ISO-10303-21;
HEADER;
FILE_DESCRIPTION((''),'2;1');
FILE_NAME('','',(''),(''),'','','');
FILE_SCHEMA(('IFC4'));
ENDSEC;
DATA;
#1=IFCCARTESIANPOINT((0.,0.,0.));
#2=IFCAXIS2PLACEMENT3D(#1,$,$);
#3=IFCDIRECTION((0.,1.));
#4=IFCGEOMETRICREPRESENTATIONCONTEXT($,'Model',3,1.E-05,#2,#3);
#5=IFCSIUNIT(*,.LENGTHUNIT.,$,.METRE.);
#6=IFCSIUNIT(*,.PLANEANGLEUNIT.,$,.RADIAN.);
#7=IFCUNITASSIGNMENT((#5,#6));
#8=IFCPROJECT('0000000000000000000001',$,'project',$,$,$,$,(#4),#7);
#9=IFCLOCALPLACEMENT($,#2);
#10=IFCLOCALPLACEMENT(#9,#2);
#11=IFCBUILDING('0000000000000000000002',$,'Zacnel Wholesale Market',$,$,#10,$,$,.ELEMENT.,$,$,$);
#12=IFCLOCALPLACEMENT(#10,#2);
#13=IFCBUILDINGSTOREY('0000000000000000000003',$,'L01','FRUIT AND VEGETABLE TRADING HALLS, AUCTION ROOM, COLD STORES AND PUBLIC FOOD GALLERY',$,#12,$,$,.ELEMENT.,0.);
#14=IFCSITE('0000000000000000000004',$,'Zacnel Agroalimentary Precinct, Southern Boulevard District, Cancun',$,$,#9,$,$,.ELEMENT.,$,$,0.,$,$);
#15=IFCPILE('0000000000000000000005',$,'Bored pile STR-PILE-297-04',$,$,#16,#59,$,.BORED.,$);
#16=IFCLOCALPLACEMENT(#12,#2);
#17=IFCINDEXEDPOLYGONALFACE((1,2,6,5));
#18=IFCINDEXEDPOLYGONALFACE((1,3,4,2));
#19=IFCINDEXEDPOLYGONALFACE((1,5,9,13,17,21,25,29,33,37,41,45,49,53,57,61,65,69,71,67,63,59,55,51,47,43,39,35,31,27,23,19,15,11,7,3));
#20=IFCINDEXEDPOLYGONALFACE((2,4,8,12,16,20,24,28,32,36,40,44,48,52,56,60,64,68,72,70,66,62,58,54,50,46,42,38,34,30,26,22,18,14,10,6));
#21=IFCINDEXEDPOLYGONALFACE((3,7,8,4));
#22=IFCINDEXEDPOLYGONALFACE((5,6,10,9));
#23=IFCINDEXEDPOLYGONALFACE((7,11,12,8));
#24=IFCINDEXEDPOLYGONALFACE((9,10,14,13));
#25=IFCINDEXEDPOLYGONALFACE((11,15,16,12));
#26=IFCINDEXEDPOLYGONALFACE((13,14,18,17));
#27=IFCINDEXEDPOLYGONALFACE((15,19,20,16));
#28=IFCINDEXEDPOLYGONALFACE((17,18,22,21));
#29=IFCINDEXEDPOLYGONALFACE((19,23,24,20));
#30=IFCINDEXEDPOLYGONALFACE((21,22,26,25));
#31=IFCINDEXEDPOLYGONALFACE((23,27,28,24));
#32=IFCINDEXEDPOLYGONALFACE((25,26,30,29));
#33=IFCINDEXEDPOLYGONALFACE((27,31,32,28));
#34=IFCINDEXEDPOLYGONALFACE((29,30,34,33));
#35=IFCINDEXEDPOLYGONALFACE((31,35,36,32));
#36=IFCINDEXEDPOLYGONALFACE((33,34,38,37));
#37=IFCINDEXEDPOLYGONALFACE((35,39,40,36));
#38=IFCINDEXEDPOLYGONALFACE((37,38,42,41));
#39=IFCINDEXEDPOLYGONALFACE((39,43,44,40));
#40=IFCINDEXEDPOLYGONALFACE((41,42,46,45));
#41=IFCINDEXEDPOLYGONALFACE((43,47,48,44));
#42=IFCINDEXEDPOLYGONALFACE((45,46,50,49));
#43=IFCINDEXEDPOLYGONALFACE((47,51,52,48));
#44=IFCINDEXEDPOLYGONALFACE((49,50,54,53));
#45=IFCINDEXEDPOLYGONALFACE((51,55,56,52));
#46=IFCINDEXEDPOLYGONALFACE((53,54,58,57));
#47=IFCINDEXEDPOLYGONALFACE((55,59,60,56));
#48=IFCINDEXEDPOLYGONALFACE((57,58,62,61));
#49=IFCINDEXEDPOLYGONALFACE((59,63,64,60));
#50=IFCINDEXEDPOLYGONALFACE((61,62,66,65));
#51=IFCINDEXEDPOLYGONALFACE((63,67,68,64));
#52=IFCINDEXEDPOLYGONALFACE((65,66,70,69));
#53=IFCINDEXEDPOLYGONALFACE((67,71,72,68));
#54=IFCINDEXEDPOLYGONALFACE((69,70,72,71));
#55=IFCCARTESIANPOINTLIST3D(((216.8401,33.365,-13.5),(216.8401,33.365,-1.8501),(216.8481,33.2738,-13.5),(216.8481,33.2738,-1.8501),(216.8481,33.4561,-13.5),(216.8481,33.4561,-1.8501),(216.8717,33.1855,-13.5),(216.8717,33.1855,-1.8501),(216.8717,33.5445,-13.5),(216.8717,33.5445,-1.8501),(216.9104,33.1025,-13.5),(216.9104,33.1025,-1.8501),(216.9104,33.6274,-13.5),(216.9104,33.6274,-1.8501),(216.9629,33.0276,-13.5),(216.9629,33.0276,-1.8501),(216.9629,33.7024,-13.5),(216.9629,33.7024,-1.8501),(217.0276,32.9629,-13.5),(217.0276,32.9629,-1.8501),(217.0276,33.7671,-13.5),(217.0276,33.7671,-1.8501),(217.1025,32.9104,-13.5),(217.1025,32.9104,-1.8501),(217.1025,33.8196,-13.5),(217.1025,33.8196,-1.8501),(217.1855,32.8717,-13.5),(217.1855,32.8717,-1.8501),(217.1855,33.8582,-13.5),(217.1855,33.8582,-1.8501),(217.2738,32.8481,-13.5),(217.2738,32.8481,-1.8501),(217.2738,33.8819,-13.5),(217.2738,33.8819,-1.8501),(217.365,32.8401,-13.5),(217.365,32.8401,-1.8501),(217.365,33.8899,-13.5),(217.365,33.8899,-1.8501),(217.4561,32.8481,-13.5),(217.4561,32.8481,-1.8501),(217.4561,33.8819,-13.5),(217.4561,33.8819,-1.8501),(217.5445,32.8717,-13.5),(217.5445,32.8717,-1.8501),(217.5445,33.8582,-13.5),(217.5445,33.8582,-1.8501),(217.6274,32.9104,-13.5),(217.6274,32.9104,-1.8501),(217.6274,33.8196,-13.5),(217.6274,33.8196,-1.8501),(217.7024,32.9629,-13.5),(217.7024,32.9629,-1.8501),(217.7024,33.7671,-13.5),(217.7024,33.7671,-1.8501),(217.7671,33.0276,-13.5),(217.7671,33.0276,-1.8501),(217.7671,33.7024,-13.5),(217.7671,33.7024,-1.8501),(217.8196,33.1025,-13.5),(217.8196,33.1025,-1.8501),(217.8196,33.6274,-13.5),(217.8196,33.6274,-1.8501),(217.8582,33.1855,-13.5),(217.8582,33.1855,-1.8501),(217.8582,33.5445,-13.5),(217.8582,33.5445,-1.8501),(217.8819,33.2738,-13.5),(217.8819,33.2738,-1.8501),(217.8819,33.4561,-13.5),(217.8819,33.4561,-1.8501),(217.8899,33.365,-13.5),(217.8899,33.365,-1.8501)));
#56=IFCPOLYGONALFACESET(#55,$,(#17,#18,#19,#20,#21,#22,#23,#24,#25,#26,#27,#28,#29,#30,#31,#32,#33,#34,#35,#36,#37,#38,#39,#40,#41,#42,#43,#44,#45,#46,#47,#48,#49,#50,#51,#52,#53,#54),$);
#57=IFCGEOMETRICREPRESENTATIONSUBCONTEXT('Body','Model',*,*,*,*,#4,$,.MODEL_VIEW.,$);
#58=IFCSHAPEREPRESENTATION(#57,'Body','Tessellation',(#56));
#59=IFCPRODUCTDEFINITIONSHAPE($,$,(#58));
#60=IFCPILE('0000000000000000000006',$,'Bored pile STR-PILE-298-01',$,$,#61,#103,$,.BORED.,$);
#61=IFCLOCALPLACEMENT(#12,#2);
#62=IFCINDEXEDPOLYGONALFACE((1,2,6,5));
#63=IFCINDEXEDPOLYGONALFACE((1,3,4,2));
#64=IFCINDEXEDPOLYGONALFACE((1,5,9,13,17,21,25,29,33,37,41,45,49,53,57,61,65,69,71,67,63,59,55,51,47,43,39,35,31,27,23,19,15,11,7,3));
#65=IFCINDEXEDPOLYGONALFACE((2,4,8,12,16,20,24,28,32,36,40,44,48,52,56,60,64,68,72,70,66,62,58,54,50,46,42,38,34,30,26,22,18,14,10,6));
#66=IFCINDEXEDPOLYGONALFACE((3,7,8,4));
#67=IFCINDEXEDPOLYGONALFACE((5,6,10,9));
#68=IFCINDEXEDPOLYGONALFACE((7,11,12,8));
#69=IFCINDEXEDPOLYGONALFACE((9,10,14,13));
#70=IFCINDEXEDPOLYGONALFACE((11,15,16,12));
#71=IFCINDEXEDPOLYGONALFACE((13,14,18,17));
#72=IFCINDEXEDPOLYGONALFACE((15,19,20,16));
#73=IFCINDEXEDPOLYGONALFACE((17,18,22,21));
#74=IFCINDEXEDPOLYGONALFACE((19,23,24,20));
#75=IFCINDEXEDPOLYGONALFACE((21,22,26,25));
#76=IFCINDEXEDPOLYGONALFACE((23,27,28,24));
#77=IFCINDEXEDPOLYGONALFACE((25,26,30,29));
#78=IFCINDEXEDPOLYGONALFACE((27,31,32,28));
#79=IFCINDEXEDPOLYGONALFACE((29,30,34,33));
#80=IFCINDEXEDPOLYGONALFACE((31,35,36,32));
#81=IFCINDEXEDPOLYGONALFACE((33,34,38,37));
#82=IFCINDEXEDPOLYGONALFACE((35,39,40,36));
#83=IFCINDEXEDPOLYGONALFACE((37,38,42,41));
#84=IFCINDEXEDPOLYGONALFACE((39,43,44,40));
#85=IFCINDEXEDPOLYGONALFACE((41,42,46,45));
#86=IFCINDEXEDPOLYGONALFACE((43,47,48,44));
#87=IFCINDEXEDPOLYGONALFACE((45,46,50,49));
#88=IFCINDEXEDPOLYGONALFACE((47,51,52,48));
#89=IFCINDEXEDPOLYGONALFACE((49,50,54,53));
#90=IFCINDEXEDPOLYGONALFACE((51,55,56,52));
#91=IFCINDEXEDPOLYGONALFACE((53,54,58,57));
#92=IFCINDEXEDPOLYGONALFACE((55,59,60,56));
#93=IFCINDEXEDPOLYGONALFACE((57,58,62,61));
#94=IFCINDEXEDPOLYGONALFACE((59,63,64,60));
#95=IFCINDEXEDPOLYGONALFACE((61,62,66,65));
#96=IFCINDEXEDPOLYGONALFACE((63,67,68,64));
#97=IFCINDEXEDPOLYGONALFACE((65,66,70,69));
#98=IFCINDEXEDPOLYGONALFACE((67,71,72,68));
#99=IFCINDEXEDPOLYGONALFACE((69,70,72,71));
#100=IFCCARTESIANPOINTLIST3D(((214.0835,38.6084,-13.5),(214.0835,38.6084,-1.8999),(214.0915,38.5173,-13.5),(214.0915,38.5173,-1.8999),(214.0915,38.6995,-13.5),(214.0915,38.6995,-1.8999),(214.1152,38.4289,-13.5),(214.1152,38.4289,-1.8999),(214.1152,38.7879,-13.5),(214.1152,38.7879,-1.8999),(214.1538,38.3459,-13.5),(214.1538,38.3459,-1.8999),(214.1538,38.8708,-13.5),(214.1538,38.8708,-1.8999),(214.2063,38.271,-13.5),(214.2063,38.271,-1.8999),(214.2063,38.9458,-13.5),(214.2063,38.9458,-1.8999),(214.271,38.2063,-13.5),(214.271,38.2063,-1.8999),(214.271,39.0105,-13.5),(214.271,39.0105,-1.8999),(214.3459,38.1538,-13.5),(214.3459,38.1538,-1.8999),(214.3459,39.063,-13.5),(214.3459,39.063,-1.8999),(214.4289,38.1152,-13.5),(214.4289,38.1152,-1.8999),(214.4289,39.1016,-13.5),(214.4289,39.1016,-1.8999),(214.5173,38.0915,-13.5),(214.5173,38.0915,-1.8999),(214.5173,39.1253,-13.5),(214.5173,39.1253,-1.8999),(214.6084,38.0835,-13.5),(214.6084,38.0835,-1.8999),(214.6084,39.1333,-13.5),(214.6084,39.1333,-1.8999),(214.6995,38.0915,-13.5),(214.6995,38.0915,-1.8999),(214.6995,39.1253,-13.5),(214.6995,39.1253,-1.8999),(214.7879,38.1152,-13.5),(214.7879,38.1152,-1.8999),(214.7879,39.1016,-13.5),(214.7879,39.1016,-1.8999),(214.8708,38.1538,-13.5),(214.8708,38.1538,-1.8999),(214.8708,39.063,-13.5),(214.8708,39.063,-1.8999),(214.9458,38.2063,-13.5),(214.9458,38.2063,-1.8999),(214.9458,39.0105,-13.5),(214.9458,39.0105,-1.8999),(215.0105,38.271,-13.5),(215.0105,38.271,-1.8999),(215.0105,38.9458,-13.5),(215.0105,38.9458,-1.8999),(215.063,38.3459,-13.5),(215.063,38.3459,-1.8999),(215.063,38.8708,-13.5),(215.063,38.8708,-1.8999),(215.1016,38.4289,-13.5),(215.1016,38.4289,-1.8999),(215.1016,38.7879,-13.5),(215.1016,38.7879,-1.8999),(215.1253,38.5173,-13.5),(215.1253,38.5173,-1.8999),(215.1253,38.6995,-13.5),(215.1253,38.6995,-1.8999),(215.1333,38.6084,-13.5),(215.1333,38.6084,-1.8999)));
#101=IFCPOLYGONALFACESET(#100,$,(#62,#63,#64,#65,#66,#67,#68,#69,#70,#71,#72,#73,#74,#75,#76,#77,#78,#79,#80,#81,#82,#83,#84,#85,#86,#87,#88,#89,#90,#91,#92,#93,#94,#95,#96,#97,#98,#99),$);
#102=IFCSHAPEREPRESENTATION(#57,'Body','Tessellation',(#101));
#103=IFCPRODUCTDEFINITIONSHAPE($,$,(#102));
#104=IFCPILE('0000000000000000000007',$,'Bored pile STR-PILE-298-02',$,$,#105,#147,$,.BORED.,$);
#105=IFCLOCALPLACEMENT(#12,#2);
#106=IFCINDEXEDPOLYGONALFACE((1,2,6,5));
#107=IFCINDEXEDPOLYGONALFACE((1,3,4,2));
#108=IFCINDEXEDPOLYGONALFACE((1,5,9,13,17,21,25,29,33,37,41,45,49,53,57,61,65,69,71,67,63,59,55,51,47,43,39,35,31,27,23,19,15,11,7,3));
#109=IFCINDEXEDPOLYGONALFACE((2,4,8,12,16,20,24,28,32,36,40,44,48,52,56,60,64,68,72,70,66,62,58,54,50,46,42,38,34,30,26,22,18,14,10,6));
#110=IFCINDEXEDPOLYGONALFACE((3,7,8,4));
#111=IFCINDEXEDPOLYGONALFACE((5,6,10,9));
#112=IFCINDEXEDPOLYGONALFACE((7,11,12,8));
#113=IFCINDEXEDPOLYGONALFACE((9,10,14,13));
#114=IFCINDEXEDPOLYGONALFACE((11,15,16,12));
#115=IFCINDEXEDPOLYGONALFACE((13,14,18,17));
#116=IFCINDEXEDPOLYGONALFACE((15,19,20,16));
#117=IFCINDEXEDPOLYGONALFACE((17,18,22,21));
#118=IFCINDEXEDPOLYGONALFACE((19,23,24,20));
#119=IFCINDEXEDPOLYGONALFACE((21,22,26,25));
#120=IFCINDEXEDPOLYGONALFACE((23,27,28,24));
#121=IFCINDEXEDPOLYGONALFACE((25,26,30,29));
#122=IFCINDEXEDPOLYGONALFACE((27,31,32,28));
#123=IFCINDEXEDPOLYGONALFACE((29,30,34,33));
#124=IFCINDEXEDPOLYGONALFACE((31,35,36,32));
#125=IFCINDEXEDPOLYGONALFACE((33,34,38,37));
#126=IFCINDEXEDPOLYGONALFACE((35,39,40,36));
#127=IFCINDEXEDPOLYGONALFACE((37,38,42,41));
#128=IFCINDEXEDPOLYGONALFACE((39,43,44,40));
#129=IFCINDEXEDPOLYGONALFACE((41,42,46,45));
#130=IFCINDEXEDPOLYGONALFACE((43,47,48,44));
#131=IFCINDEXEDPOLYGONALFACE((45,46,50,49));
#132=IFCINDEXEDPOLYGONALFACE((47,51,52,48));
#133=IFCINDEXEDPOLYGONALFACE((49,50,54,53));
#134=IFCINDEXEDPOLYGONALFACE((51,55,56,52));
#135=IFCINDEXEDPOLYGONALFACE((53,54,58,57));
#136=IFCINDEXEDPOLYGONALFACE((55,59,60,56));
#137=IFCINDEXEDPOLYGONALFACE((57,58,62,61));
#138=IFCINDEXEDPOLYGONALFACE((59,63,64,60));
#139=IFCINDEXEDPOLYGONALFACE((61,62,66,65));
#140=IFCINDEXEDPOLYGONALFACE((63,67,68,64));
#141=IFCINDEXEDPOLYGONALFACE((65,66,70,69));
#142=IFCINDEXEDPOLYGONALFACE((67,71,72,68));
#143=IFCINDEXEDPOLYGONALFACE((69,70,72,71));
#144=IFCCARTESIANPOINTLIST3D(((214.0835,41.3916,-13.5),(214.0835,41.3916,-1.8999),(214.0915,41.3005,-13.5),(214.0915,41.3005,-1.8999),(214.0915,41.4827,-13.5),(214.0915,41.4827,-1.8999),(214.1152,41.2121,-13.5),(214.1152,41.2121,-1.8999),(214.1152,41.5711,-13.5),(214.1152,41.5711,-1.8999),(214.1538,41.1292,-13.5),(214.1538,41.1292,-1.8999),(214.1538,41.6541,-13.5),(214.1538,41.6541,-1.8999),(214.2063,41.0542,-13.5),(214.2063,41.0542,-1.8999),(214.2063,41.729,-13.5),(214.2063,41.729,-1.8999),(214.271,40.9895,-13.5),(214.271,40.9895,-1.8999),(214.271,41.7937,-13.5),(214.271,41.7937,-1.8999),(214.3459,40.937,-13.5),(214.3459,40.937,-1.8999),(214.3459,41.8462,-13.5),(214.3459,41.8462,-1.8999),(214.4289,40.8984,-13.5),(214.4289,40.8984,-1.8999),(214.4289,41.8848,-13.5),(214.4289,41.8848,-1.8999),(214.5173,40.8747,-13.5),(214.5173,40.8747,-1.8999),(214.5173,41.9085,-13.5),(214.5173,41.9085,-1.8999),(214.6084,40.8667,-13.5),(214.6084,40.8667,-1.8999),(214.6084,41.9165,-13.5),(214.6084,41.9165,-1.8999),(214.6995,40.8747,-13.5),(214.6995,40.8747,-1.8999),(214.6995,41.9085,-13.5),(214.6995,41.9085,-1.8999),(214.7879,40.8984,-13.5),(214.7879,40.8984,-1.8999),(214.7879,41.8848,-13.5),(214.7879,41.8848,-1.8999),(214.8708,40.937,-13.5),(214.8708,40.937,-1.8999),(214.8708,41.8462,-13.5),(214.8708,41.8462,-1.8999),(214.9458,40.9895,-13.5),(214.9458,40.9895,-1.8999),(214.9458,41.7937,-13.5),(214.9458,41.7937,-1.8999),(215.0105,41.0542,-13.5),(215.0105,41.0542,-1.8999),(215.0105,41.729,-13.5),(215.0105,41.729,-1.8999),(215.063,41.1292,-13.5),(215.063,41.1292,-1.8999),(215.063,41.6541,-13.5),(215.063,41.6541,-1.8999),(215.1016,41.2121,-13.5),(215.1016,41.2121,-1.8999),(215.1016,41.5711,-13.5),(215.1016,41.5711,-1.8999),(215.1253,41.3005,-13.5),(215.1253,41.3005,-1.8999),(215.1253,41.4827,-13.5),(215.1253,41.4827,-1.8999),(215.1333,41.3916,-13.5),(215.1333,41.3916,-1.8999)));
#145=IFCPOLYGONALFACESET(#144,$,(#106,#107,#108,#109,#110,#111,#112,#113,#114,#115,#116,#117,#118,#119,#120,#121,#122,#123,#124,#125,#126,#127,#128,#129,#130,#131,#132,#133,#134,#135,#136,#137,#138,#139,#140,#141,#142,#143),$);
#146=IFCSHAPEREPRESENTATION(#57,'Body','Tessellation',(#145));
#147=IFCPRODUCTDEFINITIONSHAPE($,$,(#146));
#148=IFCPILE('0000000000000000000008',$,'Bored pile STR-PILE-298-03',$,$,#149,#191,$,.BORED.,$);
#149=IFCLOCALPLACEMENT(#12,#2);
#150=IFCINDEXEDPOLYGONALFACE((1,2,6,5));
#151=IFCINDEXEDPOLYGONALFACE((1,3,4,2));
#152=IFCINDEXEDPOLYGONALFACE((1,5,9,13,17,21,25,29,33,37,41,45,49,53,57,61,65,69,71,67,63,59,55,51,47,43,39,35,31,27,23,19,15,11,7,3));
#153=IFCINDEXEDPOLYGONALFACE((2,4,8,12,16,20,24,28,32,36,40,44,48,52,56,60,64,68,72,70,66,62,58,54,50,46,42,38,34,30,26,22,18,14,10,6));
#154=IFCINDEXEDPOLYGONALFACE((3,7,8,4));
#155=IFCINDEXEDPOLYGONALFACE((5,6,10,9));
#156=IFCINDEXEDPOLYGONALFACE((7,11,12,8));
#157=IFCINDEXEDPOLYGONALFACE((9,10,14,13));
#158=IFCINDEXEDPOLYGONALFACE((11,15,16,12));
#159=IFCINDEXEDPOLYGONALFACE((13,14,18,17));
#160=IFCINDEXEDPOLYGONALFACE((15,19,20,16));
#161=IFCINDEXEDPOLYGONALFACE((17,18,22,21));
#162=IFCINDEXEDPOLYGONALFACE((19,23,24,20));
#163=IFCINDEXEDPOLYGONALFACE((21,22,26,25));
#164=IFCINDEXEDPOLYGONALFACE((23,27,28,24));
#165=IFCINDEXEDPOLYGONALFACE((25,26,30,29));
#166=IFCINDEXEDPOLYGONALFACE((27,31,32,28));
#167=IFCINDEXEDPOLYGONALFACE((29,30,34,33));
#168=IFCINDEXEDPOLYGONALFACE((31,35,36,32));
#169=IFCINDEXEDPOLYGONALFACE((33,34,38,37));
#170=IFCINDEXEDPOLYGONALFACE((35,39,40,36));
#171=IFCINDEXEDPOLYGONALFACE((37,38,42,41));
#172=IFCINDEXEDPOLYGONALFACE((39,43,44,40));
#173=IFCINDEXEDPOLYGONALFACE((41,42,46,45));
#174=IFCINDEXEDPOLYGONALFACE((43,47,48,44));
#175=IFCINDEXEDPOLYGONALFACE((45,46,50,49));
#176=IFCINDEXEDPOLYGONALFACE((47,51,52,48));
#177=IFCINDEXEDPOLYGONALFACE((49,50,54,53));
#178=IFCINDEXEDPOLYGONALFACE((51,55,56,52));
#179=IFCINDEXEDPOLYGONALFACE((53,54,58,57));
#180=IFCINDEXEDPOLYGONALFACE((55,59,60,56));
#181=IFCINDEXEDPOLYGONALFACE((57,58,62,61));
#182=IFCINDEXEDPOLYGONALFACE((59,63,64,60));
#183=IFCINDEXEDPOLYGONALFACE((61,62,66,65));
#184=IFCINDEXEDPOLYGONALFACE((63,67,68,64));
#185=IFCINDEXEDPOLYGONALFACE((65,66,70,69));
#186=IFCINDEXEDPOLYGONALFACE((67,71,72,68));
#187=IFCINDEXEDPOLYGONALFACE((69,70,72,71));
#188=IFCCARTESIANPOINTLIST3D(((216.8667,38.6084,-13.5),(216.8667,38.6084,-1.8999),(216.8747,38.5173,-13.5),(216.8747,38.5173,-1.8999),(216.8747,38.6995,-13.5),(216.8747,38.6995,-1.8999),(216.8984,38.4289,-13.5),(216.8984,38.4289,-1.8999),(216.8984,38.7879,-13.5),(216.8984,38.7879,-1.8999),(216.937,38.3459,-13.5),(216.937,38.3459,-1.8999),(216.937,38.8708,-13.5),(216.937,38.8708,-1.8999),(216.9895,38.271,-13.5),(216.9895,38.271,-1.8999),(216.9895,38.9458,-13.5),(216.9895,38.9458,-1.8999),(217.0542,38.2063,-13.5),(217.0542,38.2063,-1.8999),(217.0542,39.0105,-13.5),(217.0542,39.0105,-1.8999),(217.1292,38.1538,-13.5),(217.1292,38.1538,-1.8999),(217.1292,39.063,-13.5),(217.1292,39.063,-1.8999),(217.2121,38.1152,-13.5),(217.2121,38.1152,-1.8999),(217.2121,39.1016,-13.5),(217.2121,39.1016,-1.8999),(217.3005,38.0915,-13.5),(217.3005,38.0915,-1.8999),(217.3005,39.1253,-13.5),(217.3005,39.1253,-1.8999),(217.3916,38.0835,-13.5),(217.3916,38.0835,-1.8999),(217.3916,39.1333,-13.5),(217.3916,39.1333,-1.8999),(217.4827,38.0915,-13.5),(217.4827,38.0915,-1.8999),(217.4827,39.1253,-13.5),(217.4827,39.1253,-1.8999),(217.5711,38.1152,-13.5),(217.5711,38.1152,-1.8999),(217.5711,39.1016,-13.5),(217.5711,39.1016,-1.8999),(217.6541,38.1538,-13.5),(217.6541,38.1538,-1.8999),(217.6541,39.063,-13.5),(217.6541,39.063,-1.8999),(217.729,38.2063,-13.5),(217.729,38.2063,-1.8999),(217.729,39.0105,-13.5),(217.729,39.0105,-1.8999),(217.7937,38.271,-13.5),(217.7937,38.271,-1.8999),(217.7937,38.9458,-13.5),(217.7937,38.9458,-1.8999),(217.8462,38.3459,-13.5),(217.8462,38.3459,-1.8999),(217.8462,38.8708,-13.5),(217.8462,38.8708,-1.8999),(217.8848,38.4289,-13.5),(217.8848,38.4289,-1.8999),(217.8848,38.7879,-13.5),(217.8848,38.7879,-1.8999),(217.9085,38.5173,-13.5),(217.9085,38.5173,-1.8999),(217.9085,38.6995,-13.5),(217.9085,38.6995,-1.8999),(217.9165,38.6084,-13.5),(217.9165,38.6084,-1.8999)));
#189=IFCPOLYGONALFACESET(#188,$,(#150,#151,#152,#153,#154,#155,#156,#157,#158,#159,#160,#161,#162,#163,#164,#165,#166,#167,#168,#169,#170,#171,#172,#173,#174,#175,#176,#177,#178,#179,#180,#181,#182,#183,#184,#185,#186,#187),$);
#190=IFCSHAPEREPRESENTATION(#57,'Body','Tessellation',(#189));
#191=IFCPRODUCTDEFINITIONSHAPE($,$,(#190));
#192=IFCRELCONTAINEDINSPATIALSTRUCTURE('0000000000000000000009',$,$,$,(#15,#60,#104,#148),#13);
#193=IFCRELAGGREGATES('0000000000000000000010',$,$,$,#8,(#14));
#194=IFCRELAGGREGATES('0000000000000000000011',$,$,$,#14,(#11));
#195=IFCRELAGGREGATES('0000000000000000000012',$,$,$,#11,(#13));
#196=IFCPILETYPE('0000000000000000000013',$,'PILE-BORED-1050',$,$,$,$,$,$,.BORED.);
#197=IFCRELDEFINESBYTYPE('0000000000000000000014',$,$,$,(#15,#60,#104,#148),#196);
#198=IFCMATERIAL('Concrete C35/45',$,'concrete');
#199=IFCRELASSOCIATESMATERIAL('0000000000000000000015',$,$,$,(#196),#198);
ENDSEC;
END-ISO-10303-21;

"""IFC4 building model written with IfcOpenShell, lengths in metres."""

from ifc_helpers import new_model, si_unit, direction, frame, origin, origin_2d, place, context, subcontext, project, spatial, circle, extrude, material, material_profile, profile_set, type_object, element, save


model = new_model("IFC4")

# Units and contexts
model_context = context("Model", 3, precision=1e-05, world=origin(), true_north=direction((0.0, 1.0)))
body_context = subcontext(model_context, "Body", "Model", "MODEL_VIEW")
ifc_project = project(units=[si_unit("LENGTHUNIT", "METRE"), si_unit("PLANEANGLEUNIT", "RADIAN")], contexts=[model_context])

# Site, building, storey
site_placement = place(None, origin())
site = spatial("IfcSite", under=ifc_project, at=site_placement, Name="Zacnel Agroalimentary Precinct, Southern Boulevard District, Cancun", CompositionType="ELEMENT", RefElevation=0.0)
building_placement = place(site_placement, origin())
building = spatial("IfcBuilding", under=site, at=building_placement, Name="Zacnel Wholesale Market", CompositionType="ELEMENT")
storey_placement = place(building_placement, origin())
storey = spatial("IfcBuildingStorey", under=building, at=storey_placement, Name="L01", Description="FRUIT AND VEGETABLE TRADING HALLS, AUCTION ROOM, COLD STORES AND PUBLIC FOOD GALLERY", CompositionType="ELEMENT", Elevation=0.0)

# Piles
ifc_material_1 = material(Name="Concrete C35/45", Category="concrete")
ifc_material_profile_1 = material_profile(ifc_material_1, circle(Radius=0.5249, at=origin_2d()), Name="BORED PILE D1050")
ifc_profile_set_1 = profile_set([ifc_material_profile_1], Name="Concrete C35/45")
pile_type = type_object("IfcPileType", Name="PILE-BORED-1050", PredefinedType="BORED", material=ifc_profile_set_1)
for number, where, z_axis, x_axis, name in (
    (1, (217.365, 33.365, -1.8501), (0.0, 0.0, -1.0), (1.0, 0.0, 0.0), "Bored pile STR-PILE-297-04"),
):
    element("IfcPile", number, at=place(storey_placement, frame(where, z_axis=z_axis, x_axis=x_axis)), inside=storey, type_object=pile_type, Name=name, PredefinedType="BORED", context=body_context, shape_type="SweptSolid", body=[
        extrude(circle(Radius=0.5249, at=origin_2d()), origin(), (0.0, 0.0, 1.0), 11.6499),
    ])
for number, where, z_axis, x_axis, name in (
    (2, (214.6084, 38.6084, -1.8999), (0.0, 0.0, -1.0), (1.0, 0.0, 0.0), "Bored pile STR-PILE-298-01"),
    (3, (214.6084, 41.3916, -1.8999), (0.0, 0.0, -1.0), (1.0, 0.0, 0.0), "Bored pile STR-PILE-298-02"),
    (4, (217.3916, 38.6084, -1.8999), (0.0, 0.0, -1.0), (1.0, 0.0, 0.0), "Bored pile STR-PILE-298-03"),
):
    element("IfcPile", number, at=place(storey_placement, frame(where, z_axis=z_axis, x_axis=x_axis)), inside=storey, type_object=pile_type, Name=name, PredefinedType="BORED", context=body_context, shape_type="SweptSolid", body=[
        extrude(circle(Radius=0.5249, at=origin_2d()), origin(), (0.0, 0.0, 1.0), 11.6001),
    ])

save(model, "model.ifc")
